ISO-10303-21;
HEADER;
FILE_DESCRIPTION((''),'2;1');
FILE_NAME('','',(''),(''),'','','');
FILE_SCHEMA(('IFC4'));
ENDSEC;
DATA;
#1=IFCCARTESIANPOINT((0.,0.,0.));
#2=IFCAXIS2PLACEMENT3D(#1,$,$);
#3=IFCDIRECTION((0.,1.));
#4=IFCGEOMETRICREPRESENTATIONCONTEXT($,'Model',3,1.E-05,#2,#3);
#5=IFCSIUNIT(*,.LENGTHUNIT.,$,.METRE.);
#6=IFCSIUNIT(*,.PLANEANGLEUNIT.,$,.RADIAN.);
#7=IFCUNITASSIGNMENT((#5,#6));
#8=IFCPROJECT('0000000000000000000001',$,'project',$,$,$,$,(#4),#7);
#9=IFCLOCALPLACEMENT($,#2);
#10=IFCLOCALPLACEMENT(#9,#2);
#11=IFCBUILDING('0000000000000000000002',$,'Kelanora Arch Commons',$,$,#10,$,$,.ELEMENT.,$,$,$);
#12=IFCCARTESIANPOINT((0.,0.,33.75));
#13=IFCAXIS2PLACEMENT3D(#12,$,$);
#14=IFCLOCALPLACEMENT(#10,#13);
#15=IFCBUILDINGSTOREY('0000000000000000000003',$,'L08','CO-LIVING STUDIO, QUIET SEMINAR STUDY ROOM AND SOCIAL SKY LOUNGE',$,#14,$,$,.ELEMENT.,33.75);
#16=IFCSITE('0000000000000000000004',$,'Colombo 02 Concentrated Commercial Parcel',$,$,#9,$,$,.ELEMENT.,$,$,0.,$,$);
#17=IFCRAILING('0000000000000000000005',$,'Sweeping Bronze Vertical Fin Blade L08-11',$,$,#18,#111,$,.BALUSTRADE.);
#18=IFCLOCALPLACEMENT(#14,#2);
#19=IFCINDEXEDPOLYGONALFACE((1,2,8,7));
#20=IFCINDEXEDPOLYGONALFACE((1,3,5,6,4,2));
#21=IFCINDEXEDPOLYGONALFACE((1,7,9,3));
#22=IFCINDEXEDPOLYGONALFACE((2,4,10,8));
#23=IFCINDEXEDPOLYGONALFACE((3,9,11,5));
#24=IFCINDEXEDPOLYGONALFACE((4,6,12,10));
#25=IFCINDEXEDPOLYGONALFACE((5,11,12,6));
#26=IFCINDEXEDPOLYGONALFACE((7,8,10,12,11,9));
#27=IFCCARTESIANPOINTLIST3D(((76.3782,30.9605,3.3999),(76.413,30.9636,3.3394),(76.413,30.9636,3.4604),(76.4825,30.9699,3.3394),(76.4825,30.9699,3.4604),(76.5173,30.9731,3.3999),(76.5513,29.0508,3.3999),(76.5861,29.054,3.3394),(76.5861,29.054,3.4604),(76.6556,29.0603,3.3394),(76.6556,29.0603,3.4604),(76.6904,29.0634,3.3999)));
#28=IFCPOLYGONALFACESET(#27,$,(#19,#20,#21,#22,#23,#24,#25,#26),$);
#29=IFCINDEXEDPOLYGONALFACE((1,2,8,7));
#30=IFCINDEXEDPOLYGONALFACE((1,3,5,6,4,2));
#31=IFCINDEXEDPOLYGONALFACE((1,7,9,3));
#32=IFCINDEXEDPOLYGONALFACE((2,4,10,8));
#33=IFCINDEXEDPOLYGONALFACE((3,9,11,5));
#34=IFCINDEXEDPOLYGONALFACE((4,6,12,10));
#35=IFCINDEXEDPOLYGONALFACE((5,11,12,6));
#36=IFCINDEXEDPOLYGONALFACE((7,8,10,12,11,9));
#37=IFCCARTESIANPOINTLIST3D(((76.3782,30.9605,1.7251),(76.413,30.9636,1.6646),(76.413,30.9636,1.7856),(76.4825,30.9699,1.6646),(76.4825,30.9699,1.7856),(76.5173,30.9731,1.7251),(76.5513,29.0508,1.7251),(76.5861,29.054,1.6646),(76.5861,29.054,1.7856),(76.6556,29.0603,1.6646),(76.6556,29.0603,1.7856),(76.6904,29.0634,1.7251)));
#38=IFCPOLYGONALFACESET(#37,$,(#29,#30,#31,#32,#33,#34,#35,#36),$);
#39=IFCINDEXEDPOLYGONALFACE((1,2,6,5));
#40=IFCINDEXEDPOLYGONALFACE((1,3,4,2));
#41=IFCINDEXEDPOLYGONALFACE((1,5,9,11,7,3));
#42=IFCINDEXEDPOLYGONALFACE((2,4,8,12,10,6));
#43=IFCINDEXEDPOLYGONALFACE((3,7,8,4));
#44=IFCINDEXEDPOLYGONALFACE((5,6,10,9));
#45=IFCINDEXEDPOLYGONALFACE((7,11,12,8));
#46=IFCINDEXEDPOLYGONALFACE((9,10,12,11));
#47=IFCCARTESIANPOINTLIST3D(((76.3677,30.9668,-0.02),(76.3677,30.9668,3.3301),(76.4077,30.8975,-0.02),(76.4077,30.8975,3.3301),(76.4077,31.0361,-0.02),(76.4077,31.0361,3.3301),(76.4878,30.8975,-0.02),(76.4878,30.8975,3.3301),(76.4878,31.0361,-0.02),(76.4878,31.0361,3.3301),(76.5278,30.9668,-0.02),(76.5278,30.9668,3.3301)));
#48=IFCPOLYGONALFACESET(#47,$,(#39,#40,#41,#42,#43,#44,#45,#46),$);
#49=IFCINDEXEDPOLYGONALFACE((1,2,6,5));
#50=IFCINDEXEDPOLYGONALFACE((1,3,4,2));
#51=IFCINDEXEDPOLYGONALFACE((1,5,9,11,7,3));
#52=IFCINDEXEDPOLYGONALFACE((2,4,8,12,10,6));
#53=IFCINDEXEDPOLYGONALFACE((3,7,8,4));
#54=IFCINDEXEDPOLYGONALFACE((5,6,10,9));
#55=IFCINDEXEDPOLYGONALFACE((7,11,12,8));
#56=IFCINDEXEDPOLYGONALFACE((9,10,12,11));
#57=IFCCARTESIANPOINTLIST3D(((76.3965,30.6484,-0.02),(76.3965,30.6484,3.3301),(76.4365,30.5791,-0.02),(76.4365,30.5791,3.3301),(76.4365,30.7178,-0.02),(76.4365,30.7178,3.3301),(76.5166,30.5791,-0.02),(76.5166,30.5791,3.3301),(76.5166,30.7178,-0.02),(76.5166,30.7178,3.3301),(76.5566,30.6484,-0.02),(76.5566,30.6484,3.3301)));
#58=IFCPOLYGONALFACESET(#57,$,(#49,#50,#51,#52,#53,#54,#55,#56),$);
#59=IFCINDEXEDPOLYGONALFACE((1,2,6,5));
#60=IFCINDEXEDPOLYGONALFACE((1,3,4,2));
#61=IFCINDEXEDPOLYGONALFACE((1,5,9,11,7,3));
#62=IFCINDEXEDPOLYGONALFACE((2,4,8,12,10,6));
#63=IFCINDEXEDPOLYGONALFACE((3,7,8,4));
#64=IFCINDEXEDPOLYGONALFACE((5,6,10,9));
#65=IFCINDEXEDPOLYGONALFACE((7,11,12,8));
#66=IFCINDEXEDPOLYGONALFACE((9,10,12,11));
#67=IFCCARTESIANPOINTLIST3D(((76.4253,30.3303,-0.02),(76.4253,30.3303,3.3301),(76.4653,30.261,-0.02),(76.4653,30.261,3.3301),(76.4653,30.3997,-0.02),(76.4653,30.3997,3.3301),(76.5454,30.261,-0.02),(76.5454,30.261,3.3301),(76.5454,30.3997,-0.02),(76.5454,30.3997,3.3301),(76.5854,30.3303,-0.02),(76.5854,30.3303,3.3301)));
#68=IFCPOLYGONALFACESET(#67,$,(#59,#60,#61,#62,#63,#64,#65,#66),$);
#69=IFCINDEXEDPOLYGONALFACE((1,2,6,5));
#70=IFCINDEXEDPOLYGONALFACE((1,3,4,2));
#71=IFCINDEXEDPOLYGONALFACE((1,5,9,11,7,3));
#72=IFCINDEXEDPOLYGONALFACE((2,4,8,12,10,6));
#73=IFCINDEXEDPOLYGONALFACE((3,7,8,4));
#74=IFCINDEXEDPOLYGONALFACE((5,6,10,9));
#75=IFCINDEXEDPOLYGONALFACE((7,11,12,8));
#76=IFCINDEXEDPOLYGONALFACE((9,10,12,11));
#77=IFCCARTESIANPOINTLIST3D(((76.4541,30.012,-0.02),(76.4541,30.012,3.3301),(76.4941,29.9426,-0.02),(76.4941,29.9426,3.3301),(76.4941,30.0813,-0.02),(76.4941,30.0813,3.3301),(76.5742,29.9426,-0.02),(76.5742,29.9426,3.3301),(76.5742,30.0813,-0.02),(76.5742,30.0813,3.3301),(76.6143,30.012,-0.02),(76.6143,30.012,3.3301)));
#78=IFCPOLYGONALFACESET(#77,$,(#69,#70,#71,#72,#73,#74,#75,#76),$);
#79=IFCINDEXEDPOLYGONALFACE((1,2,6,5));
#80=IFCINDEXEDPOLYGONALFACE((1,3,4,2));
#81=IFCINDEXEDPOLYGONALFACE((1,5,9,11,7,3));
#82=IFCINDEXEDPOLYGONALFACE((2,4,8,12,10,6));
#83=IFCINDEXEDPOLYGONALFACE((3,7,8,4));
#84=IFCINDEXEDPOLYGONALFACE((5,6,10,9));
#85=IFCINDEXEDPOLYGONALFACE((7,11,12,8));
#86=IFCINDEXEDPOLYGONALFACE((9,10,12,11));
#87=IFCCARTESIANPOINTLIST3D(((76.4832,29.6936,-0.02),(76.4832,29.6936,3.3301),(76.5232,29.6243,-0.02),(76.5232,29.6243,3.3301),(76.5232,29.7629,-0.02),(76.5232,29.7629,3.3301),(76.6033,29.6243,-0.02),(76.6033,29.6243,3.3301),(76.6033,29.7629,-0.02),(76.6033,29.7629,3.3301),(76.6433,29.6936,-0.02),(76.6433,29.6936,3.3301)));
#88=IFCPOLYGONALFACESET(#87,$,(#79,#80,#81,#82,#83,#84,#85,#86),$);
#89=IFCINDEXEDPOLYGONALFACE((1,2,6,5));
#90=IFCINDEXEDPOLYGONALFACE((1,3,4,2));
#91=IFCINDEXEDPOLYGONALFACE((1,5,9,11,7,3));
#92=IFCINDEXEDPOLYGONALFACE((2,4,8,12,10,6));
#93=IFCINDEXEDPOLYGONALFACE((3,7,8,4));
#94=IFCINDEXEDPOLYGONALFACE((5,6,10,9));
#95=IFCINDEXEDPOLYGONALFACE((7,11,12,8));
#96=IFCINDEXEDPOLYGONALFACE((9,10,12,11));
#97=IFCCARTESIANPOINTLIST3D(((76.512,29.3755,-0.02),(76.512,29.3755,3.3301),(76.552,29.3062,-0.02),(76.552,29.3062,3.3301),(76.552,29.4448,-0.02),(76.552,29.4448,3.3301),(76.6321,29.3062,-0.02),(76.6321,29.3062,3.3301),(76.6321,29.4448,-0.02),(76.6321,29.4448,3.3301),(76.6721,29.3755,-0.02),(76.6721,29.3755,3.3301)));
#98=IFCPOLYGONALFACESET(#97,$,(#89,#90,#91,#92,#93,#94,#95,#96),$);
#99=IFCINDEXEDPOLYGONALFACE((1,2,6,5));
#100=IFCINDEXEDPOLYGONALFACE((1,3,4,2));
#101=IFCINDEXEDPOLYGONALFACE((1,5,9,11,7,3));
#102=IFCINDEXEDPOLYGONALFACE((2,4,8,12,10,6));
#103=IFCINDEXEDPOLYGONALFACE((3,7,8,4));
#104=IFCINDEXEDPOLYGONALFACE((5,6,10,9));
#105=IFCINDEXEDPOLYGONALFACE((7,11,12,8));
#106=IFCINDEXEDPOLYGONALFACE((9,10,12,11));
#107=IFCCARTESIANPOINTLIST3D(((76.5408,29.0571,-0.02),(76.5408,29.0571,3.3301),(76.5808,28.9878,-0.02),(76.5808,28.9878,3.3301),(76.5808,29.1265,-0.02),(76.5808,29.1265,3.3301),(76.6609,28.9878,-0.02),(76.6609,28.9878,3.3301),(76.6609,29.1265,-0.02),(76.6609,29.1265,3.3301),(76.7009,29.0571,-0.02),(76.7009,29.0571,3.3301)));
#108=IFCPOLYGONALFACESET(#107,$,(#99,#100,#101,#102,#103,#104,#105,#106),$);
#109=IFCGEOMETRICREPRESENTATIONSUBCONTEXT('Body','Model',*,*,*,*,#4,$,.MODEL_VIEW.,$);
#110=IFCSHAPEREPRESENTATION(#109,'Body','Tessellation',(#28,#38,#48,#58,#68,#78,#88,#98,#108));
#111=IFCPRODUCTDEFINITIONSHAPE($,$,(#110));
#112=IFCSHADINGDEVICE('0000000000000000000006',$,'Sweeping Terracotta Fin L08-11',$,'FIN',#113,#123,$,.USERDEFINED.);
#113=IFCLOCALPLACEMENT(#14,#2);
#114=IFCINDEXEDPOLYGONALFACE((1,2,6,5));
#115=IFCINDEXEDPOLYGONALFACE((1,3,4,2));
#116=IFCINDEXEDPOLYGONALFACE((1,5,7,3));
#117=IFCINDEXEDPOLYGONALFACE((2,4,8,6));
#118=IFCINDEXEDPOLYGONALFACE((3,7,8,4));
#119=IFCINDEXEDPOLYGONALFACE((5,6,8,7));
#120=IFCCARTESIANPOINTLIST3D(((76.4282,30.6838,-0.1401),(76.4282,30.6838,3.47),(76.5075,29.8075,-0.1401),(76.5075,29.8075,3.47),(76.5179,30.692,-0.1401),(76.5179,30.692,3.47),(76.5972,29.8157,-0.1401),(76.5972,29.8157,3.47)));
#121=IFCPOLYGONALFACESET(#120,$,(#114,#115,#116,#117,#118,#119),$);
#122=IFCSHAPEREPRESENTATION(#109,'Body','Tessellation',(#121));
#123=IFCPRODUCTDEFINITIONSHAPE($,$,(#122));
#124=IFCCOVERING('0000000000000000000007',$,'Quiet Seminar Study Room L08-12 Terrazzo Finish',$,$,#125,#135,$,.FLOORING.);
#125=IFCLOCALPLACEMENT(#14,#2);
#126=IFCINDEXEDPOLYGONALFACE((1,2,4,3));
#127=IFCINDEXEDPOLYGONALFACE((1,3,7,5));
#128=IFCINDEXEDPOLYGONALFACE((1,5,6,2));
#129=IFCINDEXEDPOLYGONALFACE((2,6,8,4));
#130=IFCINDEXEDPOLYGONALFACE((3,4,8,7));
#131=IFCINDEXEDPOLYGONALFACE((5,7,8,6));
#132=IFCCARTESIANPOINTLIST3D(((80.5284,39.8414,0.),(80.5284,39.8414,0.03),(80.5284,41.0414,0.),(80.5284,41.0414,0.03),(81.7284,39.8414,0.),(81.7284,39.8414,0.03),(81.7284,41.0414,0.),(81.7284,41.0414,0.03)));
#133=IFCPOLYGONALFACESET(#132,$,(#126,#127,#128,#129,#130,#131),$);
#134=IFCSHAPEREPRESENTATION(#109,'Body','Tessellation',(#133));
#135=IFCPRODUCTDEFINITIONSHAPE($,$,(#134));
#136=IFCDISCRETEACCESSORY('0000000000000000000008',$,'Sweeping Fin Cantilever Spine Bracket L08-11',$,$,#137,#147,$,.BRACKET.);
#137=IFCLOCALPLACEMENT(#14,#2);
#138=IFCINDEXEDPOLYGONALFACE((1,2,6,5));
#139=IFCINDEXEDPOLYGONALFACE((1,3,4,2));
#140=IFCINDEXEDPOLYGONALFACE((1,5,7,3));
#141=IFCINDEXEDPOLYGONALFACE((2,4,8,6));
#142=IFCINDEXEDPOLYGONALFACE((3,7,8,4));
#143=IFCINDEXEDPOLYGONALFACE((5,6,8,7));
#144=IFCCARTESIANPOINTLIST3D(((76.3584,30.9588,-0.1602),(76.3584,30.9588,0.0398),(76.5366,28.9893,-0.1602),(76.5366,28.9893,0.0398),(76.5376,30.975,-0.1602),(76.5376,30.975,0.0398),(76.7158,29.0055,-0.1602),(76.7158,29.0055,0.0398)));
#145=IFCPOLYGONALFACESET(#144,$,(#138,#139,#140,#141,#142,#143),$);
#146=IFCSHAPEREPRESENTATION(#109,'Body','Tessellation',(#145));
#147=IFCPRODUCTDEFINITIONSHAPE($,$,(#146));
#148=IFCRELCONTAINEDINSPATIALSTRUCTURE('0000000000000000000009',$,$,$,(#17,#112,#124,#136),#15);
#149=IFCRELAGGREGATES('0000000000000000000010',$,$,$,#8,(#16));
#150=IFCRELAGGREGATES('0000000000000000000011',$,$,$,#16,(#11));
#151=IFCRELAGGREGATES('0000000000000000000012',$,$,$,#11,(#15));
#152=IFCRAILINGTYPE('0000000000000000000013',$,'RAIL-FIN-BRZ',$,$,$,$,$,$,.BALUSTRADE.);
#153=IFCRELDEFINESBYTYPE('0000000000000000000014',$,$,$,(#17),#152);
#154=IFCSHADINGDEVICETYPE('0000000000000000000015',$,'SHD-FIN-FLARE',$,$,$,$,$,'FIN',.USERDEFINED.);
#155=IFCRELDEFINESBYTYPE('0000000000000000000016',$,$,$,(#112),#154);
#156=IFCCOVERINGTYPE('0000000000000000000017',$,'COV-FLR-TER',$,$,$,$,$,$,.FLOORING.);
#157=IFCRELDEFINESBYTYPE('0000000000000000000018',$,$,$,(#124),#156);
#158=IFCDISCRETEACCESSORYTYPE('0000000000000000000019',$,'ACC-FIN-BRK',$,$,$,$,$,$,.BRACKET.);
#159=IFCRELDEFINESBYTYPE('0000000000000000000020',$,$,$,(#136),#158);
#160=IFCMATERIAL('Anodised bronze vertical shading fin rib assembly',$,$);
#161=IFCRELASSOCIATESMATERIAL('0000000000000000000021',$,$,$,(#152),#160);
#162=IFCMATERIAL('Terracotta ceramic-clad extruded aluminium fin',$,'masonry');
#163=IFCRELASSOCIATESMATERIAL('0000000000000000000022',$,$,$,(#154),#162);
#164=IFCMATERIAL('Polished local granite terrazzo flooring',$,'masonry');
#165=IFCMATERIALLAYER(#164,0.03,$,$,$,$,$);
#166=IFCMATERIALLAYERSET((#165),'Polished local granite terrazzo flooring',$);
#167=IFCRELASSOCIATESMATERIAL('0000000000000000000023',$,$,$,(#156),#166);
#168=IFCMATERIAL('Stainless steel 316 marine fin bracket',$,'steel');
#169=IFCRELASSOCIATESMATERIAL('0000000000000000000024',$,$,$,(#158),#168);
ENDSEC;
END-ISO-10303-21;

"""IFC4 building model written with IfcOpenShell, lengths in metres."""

from ifc_helpers import new_model, si_unit, direction, frame, origin, origin_2d, place, context, subcontext, project, spatial, polyline, rectangle, outline, extrude, source, transform, mapped, material, layer, layer_set, type_object, element, save


model = new_model("IFC4")

# Units and contexts
model_context = context("Model", 3, precision=1e-05, world=origin(), true_north=direction((0.0, 1.0)))
body_context = subcontext(model_context, "Body", "Model", "MODEL_VIEW")
ifc_project = project(units=[si_unit("LENGTHUNIT", "METRE"), si_unit("PLANEANGLEUNIT", "RADIAN")], contexts=[model_context])

# Site, building, storey
site_placement = place(None, origin())
site = spatial("IfcSite", under=ifc_project, at=site_placement, Name="Colombo 02 Concentrated Commercial Parcel", CompositionType="ELEMENT", RefElevation=0.0)
building_placement = place(site_placement, origin())
building = spatial("IfcBuilding", under=site, at=building_placement, Name="Kelanora Arch Commons", CompositionType="ELEMENT")
storey_placement = place(building_placement, frame((0.0, 0.0, 33.75)))
storey = spatial("IfcBuildingStorey", under=building, at=storey_placement, Name="L08", Description="CO-LIVING STUDIO, QUIET SEMINAR STUDY ROOM AND SOCIAL SKY LOUNGE", CompositionType="ELEMENT", Elevation=33.75)

# Railing
ifc_material_1 = material(Name="Anodised bronze vertical shading fin rib assembly")
railing_type = type_object("IfcRailingType", Name="RAIL-FIN-BRZ", PredefinedType="BALUSTRADE", material=ifc_material_1)
railing_placement = place(storey_placement, frame((76.4478, 30.9668, -0.02)))
element("IfcRailing", 1, at=railing_placement, inside=storey, type_object=railing_type, Name="Sweeping Bronze Vertical Fin Blade L08-11", PredefinedType="BALUSTRADE", context=body_context, shape_type="SweptSolid", body=[
    extrude(outline(polyline([(0.0698, 0.0), (0.0349, 0.0605), (-0.0349, 0.0605), (-0.0698, 0.0), (-0.0349, -0.0605), (0.0349, -0.0605), (0.0698, 0.0)])), frame((0.0, 0.0, 3.4199), z_axis=(0.090272, -0.995917, 0.0), x_axis=(0.995917, 0.090272, 0.0)), (0.0, 0.0, 1.0), 1.9175),
    extrude(outline(polyline([(0.0698, 0.0), (0.0349, 0.0605), (-0.0349, 0.0605), (-0.0698, 0.0), (-0.0349, -0.0605), (0.0349, -0.0605), (0.0698, 0.0)])), frame((0.0, 0.0, 1.7451), z_axis=(0.090272, -0.995917, 0.0), x_axis=(0.995917, 0.090272, 0.0)), (0.0, 0.0, 1.0), 1.9175),
    extrude(outline(polyline([(0.0801, 0.0), (0.04, 0.0693), (-0.04, 0.0693), (-0.0801, 0.0), (-0.04, -0.0693), (0.04, -0.0693), (0.0801, 0.0)])), origin(), (0.0, 0.0, 1.0), 3.3501),
    extrude(outline(polyline([(0.0801, 0.0), (0.04, 0.0693), (-0.04, 0.0693), (-0.0801, 0.0), (-0.04, -0.0693), (0.04, -0.0693), (0.0801, 0.0)])), frame((0.0288, -0.3184, 0.0)), (0.0, 0.0, 1.0), 3.3501),
    extrude(outline(polyline([(0.0801, 0.0), (0.04, 0.0693), (-0.04, 0.0693), (-0.0801, 0.0), (-0.04, -0.0693), (0.04, -0.0693), (0.0801, 0.0)])), frame((0.0576, -0.6365, 0.0)), (0.0, 0.0, 1.0), 3.3501),
    extrude(outline(polyline([(0.0801, 0.0), (0.04, 0.0693), (-0.04, 0.0693), (-0.0801, 0.0), (-0.04, -0.0693), (0.04, -0.0693), (0.0801, 0.0)])), frame((0.0864, -0.9548, 0.0)), (0.0, 0.0, 1.0), 3.3501),
    extrude(outline(polyline([(0.0801, 0.0), (0.04, 0.0693), (-0.04, 0.0693), (-0.0801, 0.0), (-0.04, -0.0693), (0.04, -0.0693), (0.0801, 0.0)])), frame((0.1155, -1.2732, 0.0)), (0.0, 0.0, 1.0), 3.3501),
    extrude(outline(polyline([(0.0801, 0.0), (0.04, 0.0693), (-0.04, 0.0693), (-0.0801, 0.0), (-0.04, -0.0693), (0.04, -0.0693), (0.0801, 0.0)])), frame((0.1443, -1.5913, 0.0)), (0.0, 0.0, 1.0), 3.3501),
    extrude(outline(polyline([(0.0801, 0.0), (0.04, 0.0693), (-0.04, 0.0693), (-0.0801, 0.0), (-0.04, -0.0693), (0.04, -0.0693), (0.0801, 0.0)])), frame((0.1731, -1.9097, 0.0)), (0.0, 0.0, 1.0), 3.3501),
])

# Shading device
ifc_material_2 = material(Name="Terracotta ceramic-clad extruded aluminium fin", Category="masonry")
shading_device_type = type_object("IfcShadingDeviceType", Name="SHD-FIN-FLARE", ElementType="FIN", PredefinedType="USERDEFINED", material=ifc_material_2)
shared_shape_1 = source(origin(), body_context, "Body", "SweptSolid", [
    extrude(rectangle(XDim=0.8799, YDim=0.0901, at=origin_2d()), origin(), (0.0, 0.0, 1.0), 3.6101),
])
shading_device_placement = place(storey_placement, frame((76.5127, 30.2498, -0.1401), z_axis=(0.0, 0.0, 1.0), x_axis=(0.090111, -0.995932, 0.0)))
element("IfcShadingDevice", 2, at=shading_device_placement, inside=storey, type_object=shading_device_type, Name="Sweeping Terracotta Fin L08-11", ObjectType="FIN", PredefinedType="USERDEFINED", context=body_context, shape_type="MappedRepresentation", body=[
    mapped(shared_shape_1, transform((0.0, 0.0, 0.0), scale=1.0)),
])

# Covering
ifc_material_3 = material(Name="Polished local granite terrazzo flooring", Category="masonry")
ifc_layer_1 = layer(ifc_material_3, 0.03)
ifc_layer_set_1 = layer_set([ifc_layer_1], Name="Polished local granite terrazzo flooring")
covering_type = type_object("IfcCoveringType", Name="COV-FLR-TER", PredefinedType="FLOORING", material=ifc_layer_set_1)
shared_shape_2 = source(origin(), body_context, "Body", "SweptSolid", [
    extrude(rectangle(XDim=1.2, YDim=1.2, at=origin_2d()), origin(), (0.0, 0.0, 1.0), 0.03),
])
covering_placement = place(storey_placement, frame((81.1284, 40.4414, 0.0), z_axis=(0.0, 0.0, 1.0), x_axis=(1.0, 0.0, 0.0)))
element("IfcCovering", 3, at=covering_placement, inside=storey, type_object=covering_type, Name="Quiet Seminar Study Room L08-12 Terrazzo Finish", PredefinedType="FLOORING", context=body_context, shape_type="MappedRepresentation", body=[
    mapped(shared_shape_2, transform((0.0, 0.0, 0.0), scale=1.0)),
])

# Discrete accessory
ifc_material_4 = material(Name="Stainless steel 316 marine fin bracket", Category="steel")
discrete_accessory_type = type_object("IfcDiscreteAccessoryType", Name="ACC-FIN-BRK", PredefinedType="BRACKET", material=ifc_material_4)
shared_shape_3 = source(origin(), body_context, "Body", "SweptSolid", [
    extrude(rectangle(XDim=1.9775, YDim=0.1799, at=origin_2d()), origin(), (0.0, 0.0, 1.0), 0.2),
])
discrete_accessory_placement = place(storey_placement, frame((76.5371, 29.9822, -0.1602), z_axis=(0.0, 0.0, 1.0), x_axis=(0.090111, -0.995932, 0.0)))
element("IfcDiscreteAccessory", 4, at=discrete_accessory_placement, inside=storey, type_object=discrete_accessory_type, Name="Sweeping Fin Cantilever Spine Bracket L08-11", PredefinedType="BRACKET", context=body_context, shape_type="MappedRepresentation", body=[
    mapped(shared_shape_3, transform((0.0, 0.0, 0.0), scale=1.0)),
])

save(model, "model.ifc")
